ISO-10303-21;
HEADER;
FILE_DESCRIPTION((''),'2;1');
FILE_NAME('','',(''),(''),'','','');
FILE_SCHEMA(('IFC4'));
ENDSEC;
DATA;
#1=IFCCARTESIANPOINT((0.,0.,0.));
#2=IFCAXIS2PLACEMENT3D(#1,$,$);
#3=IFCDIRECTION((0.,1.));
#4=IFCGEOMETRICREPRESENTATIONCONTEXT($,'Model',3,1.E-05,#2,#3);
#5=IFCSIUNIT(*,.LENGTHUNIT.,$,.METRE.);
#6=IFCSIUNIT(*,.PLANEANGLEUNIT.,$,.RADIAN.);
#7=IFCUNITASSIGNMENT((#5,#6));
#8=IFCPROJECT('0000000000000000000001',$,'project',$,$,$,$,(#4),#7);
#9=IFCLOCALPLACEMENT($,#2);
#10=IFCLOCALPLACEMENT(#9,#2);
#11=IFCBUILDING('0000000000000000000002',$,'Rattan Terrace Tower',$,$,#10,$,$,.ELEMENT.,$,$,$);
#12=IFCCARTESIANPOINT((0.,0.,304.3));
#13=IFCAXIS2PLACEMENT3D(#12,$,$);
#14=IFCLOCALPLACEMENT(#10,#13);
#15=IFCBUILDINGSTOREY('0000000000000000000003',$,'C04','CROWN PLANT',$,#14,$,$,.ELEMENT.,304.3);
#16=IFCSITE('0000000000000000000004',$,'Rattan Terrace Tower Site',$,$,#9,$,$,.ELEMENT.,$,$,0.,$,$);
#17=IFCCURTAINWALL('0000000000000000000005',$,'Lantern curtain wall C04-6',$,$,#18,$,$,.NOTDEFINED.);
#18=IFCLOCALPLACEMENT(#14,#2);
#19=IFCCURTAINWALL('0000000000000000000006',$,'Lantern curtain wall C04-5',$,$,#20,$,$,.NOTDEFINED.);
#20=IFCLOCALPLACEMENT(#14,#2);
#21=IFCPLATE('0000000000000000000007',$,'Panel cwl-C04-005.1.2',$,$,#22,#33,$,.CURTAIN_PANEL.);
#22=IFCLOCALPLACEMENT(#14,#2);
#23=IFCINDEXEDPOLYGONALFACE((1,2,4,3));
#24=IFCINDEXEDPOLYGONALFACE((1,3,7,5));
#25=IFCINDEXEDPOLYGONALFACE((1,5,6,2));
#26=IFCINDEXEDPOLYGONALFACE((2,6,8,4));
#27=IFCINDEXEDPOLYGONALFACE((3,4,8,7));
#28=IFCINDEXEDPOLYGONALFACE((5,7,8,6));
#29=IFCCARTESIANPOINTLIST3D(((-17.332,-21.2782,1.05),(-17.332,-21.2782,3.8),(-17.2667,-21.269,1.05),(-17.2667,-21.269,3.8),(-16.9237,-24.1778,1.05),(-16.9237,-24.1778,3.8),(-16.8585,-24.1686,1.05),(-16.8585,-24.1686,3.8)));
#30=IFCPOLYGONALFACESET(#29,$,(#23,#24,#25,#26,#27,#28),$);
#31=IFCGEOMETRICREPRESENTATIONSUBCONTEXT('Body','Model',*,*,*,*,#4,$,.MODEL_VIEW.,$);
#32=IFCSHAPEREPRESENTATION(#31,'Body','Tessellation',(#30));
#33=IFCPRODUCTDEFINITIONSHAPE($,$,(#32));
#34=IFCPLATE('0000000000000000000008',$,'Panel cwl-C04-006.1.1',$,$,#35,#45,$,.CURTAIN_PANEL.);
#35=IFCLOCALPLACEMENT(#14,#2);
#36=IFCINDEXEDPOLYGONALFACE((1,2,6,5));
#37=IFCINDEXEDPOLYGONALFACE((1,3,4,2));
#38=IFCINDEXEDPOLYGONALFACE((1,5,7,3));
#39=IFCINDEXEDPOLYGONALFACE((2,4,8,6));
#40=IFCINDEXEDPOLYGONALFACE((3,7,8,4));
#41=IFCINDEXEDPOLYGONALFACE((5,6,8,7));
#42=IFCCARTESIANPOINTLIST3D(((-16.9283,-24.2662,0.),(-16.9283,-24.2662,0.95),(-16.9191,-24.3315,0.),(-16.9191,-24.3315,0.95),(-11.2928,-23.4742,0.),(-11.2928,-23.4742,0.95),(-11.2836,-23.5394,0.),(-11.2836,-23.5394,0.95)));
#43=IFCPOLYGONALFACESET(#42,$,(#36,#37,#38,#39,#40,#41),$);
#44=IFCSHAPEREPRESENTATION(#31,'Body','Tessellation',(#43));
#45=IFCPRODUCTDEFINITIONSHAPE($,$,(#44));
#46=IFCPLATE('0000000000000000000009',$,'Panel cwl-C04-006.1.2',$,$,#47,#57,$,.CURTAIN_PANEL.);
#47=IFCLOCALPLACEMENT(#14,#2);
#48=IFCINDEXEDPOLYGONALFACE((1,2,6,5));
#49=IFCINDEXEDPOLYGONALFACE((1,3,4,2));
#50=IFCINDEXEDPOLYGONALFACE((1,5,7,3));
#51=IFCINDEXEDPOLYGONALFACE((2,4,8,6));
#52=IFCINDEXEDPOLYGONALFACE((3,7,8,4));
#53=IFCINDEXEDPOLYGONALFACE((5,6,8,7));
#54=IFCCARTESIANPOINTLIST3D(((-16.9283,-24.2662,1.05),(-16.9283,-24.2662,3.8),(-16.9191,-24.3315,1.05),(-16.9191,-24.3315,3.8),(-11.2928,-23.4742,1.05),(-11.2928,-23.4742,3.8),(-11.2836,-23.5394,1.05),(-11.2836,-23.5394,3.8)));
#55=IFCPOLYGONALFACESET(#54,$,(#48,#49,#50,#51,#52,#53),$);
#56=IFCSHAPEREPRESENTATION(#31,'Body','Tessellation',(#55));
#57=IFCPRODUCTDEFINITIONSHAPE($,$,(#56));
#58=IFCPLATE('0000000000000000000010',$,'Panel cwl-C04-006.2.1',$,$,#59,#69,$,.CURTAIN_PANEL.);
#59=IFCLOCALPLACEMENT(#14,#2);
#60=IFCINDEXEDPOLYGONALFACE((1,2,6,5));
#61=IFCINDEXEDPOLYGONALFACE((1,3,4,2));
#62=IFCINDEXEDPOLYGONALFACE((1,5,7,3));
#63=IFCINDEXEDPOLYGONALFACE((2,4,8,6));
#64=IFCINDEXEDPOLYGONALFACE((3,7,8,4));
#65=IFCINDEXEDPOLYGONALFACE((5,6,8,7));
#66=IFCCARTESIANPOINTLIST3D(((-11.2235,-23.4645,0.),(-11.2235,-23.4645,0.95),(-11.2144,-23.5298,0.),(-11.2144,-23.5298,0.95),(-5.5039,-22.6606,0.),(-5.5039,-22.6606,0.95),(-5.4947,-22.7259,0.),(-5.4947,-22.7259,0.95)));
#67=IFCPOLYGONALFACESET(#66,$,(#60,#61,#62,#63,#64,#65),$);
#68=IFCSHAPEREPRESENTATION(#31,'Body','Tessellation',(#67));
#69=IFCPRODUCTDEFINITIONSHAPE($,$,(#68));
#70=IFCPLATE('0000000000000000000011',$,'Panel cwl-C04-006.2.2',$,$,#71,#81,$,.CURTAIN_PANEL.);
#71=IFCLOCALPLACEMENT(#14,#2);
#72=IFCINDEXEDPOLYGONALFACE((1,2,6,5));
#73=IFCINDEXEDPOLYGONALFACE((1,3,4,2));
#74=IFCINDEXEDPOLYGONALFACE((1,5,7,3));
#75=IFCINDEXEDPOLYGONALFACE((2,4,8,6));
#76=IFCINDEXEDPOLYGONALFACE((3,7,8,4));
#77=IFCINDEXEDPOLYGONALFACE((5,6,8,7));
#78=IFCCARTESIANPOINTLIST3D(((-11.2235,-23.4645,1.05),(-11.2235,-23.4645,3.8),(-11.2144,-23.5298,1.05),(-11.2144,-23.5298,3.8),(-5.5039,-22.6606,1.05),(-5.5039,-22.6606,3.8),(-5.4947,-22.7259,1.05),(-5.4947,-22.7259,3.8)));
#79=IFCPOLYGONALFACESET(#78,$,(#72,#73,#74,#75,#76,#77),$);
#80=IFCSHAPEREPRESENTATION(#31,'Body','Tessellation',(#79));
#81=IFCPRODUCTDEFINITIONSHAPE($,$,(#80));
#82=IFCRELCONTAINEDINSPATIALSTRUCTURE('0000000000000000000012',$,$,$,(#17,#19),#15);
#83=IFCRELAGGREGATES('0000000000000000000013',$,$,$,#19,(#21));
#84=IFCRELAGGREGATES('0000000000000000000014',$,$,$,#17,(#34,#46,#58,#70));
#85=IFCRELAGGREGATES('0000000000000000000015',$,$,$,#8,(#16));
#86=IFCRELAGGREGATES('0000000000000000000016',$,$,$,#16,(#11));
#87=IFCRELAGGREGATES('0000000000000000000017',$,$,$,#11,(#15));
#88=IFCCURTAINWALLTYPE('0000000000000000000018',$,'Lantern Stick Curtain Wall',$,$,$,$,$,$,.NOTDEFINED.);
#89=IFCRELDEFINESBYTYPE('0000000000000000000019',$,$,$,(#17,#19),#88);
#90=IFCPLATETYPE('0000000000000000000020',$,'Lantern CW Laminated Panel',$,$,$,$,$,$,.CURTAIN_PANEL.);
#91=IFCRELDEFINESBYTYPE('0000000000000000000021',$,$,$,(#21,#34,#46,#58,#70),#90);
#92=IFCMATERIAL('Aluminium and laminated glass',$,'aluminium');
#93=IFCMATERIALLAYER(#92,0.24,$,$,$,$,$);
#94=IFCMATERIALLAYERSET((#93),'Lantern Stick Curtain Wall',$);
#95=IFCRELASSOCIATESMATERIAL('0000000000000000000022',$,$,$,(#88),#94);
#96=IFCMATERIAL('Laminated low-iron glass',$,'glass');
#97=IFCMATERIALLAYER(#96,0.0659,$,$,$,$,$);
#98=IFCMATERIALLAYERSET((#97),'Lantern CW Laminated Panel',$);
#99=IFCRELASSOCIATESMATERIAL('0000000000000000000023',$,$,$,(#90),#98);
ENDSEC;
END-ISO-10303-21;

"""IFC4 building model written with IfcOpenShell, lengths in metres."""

from ifc_helpers import new_model, si_unit, direction, frame, origin, origin_2d, place, context, subcontext, project, spatial, rectangle, extrude, material, layer, layer_set, type_object, element, aggregate, save


model = new_model("IFC4")

# Units and contexts
model_context = context("Model", 3, precision=1e-05, world=origin(), true_north=direction((0.0, 1.0)))
body_context = subcontext(model_context, "Body", "Model", "MODEL_VIEW")
ifc_project = project(units=[si_unit("LENGTHUNIT", "METRE"), si_unit("PLANEANGLEUNIT", "RADIAN")], contexts=[model_context])

# Site, building, storey
site_placement = place(None, origin())
site = spatial("IfcSite", under=ifc_project, at=site_placement, Name="Rattan Terrace Tower Site", CompositionType="ELEMENT", RefElevation=0.0)
building_placement = place(site_placement, origin())
building = spatial("IfcBuilding", under=site, at=building_placement, Name="Rattan Terrace Tower", CompositionType="ELEMENT")
storey_placement = place(building_placement, frame((0.0, 0.0, 304.3)))
storey = spatial("IfcBuildingStorey", under=building, at=storey_placement, Name="C04", Description="CROWN PLANT", CompositionType="ELEMENT", Elevation=304.3)

# Curtain wall
ifc_material_1 = material(Name="Aluminium and laminated glass", Category="aluminium")
ifc_layer_1 = layer(ifc_material_1, 0.24)
ifc_layer_set_1 = layer_set([ifc_layer_1], Name="Lantern Stick Curtain Wall")
curtain_wall_type = type_object("IfcCurtainWallType", Name="Lantern Stick Curtain Wall", PredefinedType="NOTDEFINED", material=ifc_layer_set_1)
curtain_wall_1_placement = place(storey_placement, origin())
curtain_wall_1 = element("IfcCurtainWall", 1, at=curtain_wall_1_placement, inside=storey, type_object=curtain_wall_type, Name="Lantern curtain wall C04-6", PredefinedType="NOTDEFINED")

# Curtain wall, plate
curtain_wall_2_placement = place(storey_placement, origin())
curtain_wall_2 = element("IfcCurtainWall", 2, at=curtain_wall_2_placement, inside=storey, type_object=curtain_wall_type, Name="Lantern curtain wall C04-5", PredefinedType="NOTDEFINED")
ifc_material_2 = material(Name="Laminated low-iron glass", Category="glass")
ifc_layer_2 = layer(ifc_material_2, 0.0659)
ifc_layer_set_2 = layer_set([ifc_layer_2], Name="Lantern CW Laminated Panel")
plate_type = type_object("IfcPlateType", Name="Lantern CW Laminated Panel", PredefinedType="CURTAIN_PANEL", material=ifc_layer_set_2)
plate_1_placement = place(storey_placement, frame((-17.0952, -22.7234, 1.05), z_axis=(0.0, 0.0, 1.0), x_axis=(0.139413, -0.990234, 0.0)))
plate_1 = element("IfcPlate", 3, at=plate_1_placement, type_object=plate_type, Name="Panel cwl-C04-005.1.2", PredefinedType="CURTAIN_PANEL", context=body_context, shape_type="SweptSolid", body=[
    extrude(rectangle(XDim=2.9282, YDim=0.0659, at=origin_2d()), origin(), (0.0, 0.0, 1.0), 2.75),
])
aggregate(curtain_wall_2, [plate_1])

# Plates
plate_2_placement = place(storey_placement, frame((-14.106, -23.9028, 0.0), z_axis=(0.0, 0.0, 1.0), x_axis=(0.990267, 0.139181, 0.0)))
plate_2 = element("IfcPlate", 4, at=plate_2_placement, type_object=plate_type, Name="Panel cwl-C04-006.1.1", PredefinedType="CURTAIN_PANEL", context=body_context, shape_type="SweptSolid", body=[
    extrude(rectangle(XDim=5.6909, YDim=0.0659, at=origin_2d()), origin(), (0.0, 0.0, 1.0), 0.95),
])
plate_3_placement = place(storey_placement, frame((-14.106, -23.9028, 1.05), z_axis=(0.0, 0.0, 1.0), x_axis=(0.990267, 0.139181, 0.0)))
plate_3 = element("IfcPlate", 5, at=plate_3_placement, type_object=plate_type, Name="Panel cwl-C04-006.1.2", PredefinedType="CURTAIN_PANEL", context=body_context, shape_type="SweptSolid", body=[
    extrude(rectangle(XDim=5.6909, YDim=0.0659, at=origin_2d()), origin(), (0.0, 0.0, 1.0), 2.75),
])
plate_4_placement = place(storey_placement, frame((-8.3591, -23.0952, 0.0), z_axis=(0.0, 0.0, 1.0), x_axis=(0.990267, 0.139181, 0.0)))
plate_4 = element("IfcPlate", 6, at=plate_4_placement, type_object=plate_type, Name="Panel cwl-C04-006.2.1", PredefinedType="CURTAIN_PANEL", context=body_context, shape_type="SweptSolid", body=[
    extrude(rectangle(XDim=5.7759, YDim=0.0659, at=origin_2d()), origin(), (0.0, 0.0, 1.0), 0.95),
])
plate_5_placement = place(storey_placement, frame((-8.3591, -23.0952, 1.05), z_axis=(0.0, 0.0, 1.0), x_axis=(0.990267, 0.139181, 0.0)))
plate_5 = element("IfcPlate", 7, at=plate_5_placement, type_object=plate_type, Name="Panel cwl-C04-006.2.2", PredefinedType="CURTAIN_PANEL", context=body_context, shape_type="SweptSolid", body=[
    extrude(rectangle(XDim=5.7759, YDim=0.0659, at=origin_2d()), origin(), (0.0, 0.0, 1.0), 2.75),
])
aggregate(curtain_wall_1, [plate_2, plate_3, plate_4, plate_5])

save(model, "model.ifc")
